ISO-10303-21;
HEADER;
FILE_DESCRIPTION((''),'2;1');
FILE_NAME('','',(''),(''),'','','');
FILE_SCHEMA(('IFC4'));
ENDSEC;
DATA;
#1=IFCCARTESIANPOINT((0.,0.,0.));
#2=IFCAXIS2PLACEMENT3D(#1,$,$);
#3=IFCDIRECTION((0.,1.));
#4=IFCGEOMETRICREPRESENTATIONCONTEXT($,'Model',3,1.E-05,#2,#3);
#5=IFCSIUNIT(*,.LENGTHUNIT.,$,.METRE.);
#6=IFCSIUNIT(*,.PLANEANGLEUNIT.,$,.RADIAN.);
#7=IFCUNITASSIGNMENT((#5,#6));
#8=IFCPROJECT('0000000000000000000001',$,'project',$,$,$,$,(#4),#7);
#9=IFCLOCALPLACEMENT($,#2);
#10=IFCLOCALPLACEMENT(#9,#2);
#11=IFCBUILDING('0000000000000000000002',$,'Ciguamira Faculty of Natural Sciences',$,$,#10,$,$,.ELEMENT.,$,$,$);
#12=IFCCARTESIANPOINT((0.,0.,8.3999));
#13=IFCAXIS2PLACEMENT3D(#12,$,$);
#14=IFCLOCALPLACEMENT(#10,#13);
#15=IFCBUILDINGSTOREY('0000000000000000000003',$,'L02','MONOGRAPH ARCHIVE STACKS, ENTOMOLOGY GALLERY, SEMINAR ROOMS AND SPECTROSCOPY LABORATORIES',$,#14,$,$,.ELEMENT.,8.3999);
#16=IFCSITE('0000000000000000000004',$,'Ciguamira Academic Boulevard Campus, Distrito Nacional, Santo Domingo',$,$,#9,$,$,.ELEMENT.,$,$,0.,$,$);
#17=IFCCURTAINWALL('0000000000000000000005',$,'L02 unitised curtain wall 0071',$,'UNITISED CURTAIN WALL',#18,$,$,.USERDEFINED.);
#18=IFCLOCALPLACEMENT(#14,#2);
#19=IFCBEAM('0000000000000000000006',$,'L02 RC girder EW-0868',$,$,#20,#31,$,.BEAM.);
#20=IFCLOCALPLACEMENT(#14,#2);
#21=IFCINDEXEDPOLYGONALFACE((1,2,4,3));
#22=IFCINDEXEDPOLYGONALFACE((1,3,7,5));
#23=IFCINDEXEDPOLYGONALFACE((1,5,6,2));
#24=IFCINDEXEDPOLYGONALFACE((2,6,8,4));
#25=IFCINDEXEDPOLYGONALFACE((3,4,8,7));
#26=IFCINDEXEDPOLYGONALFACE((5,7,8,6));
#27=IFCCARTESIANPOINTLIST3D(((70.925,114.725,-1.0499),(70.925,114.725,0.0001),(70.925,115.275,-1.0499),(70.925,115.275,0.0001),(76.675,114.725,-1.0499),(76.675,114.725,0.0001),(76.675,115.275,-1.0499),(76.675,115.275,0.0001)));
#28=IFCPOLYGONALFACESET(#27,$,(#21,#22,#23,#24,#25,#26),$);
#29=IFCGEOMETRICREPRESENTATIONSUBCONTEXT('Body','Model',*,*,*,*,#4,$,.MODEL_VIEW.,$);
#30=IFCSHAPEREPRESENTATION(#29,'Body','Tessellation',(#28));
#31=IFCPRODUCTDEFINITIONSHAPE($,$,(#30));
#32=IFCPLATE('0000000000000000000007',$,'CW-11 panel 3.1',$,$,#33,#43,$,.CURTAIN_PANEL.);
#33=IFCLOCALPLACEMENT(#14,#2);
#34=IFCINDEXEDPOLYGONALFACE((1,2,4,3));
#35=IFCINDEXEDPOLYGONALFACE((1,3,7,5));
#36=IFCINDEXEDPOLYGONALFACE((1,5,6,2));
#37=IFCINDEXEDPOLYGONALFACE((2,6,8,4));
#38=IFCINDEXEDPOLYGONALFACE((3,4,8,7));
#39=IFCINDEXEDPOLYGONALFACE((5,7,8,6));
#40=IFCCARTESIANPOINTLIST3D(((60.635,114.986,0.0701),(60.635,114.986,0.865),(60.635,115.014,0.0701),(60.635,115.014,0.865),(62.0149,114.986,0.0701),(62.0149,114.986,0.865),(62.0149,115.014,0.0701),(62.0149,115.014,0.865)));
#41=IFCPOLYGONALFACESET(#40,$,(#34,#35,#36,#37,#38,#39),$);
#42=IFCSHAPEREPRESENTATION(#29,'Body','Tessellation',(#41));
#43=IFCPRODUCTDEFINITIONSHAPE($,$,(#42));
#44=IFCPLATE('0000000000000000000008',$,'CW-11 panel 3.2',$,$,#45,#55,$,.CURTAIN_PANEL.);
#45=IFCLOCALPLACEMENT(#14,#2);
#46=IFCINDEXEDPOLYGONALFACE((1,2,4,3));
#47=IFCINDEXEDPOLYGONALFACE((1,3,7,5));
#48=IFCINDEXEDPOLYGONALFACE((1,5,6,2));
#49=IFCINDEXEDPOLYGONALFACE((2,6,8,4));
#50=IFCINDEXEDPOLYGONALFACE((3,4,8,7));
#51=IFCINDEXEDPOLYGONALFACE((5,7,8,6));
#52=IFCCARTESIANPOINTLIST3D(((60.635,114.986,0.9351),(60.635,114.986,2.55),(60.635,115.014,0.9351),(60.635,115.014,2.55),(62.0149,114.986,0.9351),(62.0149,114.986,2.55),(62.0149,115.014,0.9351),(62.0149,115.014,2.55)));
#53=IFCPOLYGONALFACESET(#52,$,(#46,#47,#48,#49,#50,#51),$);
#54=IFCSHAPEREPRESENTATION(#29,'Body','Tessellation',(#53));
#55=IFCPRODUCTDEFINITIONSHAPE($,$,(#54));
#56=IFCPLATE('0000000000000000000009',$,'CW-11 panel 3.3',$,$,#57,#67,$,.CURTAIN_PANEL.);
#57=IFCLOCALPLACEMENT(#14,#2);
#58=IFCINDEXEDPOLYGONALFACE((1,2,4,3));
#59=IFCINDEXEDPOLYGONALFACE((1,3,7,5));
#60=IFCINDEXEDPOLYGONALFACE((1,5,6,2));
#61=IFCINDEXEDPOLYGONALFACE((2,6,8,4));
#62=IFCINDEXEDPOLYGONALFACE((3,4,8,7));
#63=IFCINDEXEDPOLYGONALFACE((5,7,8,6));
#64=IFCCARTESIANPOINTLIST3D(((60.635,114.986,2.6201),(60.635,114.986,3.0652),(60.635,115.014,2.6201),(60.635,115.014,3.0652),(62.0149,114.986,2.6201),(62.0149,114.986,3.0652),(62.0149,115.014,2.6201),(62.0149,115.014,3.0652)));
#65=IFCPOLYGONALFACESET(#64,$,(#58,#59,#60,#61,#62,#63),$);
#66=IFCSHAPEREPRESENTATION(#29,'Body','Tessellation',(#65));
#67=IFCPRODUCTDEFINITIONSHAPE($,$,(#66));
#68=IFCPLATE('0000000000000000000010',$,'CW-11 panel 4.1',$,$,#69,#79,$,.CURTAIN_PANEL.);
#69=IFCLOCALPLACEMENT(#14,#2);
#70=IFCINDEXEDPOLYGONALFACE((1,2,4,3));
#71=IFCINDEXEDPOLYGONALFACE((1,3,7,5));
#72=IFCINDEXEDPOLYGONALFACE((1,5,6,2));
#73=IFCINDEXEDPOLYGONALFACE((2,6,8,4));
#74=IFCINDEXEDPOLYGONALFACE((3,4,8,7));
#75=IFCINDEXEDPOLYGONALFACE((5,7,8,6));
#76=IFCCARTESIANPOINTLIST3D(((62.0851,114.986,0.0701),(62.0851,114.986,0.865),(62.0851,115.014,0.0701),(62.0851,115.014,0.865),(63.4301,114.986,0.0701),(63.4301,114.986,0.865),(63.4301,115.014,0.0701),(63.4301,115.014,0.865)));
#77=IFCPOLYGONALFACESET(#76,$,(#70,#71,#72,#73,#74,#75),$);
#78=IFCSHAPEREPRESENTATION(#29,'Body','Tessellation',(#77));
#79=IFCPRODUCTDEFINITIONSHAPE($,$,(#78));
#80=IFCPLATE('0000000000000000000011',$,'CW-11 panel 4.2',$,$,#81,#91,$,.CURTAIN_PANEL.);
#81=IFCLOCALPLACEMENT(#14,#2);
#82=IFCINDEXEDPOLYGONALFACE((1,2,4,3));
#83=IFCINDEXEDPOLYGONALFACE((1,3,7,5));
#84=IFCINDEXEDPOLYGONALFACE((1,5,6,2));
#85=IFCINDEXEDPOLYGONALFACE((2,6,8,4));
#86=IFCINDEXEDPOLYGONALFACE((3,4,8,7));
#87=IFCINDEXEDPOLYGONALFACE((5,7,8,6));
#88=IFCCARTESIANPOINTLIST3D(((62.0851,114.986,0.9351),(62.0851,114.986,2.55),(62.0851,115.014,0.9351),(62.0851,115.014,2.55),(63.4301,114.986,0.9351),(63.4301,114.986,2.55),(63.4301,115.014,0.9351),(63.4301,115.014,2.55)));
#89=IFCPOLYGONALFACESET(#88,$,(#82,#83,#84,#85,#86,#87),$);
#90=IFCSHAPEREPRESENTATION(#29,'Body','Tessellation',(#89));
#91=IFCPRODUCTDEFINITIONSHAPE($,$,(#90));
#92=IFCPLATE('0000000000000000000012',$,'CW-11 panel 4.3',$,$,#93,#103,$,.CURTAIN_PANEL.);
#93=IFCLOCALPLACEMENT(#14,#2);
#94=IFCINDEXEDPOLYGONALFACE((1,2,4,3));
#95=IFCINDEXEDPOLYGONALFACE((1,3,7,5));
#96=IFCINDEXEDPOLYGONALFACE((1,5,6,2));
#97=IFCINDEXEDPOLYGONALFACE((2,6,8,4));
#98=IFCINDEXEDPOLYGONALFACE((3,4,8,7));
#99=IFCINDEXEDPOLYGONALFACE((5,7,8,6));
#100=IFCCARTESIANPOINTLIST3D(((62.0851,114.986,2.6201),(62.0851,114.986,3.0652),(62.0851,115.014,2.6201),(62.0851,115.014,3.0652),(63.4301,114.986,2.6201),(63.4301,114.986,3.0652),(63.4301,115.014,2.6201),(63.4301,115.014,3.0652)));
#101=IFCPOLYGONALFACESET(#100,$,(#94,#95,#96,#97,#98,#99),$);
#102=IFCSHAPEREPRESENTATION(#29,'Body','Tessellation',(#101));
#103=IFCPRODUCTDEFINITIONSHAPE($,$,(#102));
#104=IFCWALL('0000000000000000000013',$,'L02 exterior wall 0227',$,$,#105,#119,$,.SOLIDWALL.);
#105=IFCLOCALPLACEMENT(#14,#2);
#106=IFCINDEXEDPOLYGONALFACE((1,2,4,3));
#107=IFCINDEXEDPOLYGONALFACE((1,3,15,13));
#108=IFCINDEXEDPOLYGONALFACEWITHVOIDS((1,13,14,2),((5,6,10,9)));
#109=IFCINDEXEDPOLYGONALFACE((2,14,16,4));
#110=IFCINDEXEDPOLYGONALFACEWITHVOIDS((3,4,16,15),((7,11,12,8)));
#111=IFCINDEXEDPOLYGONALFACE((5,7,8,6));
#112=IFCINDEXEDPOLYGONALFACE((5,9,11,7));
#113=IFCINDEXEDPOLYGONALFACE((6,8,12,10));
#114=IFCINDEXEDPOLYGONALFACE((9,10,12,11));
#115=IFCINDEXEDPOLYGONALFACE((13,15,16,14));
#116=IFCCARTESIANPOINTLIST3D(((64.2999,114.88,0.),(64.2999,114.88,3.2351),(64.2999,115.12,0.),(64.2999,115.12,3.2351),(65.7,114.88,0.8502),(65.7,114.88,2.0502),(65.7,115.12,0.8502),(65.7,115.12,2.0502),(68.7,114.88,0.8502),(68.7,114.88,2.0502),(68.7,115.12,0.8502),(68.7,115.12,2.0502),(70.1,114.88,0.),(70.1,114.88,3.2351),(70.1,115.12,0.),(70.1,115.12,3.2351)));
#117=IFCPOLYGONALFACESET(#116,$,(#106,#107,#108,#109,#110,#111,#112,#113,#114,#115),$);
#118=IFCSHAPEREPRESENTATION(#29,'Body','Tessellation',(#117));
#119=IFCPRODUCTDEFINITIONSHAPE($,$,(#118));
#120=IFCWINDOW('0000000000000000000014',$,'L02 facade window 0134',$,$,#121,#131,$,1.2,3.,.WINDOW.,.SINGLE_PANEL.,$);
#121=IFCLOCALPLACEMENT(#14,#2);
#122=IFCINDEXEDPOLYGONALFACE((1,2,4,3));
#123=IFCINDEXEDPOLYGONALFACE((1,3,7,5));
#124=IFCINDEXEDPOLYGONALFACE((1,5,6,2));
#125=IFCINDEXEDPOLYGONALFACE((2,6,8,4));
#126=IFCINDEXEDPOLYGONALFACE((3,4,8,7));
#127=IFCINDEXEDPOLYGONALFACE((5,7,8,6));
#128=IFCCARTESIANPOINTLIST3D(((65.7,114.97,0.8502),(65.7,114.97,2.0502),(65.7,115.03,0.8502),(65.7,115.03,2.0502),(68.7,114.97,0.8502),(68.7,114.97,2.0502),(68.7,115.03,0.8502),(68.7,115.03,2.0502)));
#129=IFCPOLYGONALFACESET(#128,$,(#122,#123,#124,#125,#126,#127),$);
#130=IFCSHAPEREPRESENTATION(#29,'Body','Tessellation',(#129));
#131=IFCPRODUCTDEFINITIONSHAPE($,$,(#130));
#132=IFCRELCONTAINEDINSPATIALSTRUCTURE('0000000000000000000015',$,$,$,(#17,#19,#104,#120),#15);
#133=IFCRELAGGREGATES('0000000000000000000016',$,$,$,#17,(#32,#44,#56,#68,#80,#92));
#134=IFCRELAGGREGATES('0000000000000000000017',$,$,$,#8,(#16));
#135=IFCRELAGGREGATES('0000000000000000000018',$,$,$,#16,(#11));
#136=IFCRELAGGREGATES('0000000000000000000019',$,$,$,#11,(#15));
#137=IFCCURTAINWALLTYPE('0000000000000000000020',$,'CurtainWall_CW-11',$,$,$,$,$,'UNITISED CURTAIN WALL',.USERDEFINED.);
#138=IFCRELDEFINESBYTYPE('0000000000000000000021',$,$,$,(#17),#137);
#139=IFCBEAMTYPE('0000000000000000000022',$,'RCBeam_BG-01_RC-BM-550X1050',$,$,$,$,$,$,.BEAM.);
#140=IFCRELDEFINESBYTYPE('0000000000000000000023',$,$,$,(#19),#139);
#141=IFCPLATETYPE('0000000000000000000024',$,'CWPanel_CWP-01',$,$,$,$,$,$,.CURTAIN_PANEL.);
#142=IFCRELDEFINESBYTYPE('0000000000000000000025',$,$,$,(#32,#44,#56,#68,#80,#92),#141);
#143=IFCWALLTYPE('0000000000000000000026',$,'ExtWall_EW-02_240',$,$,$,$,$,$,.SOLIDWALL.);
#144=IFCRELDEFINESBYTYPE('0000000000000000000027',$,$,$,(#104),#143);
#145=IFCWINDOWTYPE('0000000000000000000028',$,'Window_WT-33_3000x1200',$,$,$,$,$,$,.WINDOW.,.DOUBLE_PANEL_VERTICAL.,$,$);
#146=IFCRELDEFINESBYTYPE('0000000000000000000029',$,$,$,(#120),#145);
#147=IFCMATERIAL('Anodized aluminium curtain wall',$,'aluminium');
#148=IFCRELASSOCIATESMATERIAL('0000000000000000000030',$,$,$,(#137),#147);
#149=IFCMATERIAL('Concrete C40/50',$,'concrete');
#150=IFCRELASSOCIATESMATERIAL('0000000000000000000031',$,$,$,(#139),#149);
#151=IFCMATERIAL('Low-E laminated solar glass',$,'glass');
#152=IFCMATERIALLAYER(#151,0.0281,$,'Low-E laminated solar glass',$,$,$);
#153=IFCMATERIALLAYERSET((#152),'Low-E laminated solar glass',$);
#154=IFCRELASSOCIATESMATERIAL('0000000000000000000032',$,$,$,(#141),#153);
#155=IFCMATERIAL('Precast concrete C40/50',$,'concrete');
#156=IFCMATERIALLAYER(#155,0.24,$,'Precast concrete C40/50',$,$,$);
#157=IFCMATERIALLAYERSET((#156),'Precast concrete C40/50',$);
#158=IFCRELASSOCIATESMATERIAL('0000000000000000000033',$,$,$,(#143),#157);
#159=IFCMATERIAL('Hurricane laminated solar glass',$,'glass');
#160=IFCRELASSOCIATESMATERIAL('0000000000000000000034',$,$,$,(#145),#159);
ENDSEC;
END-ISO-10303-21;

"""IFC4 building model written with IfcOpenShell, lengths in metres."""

from ifc_helpers import new_model, si_unit, direction, frame, frame_2d, origin, origin_2d, place, context, subcontext, project, spatial, rectangle, extrude, material, layer, layer_set, material_profile, profile_set, type_object, element, fill, aggregate, save


model = new_model("IFC4")

# Units and contexts
model_context = context("Model", 3, precision=1e-05, world=origin(), true_north=direction((0.0, 1.0)))
body_context = subcontext(model_context, "Body", "Model", "MODEL_VIEW")
ifc_project = project(units=[si_unit("LENGTHUNIT", "METRE"), si_unit("PLANEANGLEUNIT", "RADIAN")], contexts=[model_context])

# Site, building, storey
site_placement = place(None, origin())
site = spatial("IfcSite", under=ifc_project, at=site_placement, Name="Ciguamira Academic Boulevard Campus, Distrito Nacional, Santo Domingo", CompositionType="ELEMENT", RefElevation=0.0)
building_placement = place(site_placement, origin())
building = spatial("IfcBuilding", under=site, at=building_placement, Name="Ciguamira Faculty of Natural Sciences", CompositionType="ELEMENT")
storey_placement = place(building_placement, frame((0.0, 0.0, 8.3999)))
storey = spatial("IfcBuildingStorey", under=building, at=storey_placement, Name="L02", Description="MONOGRAPH ARCHIVE STACKS, ENTOMOLOGY GALLERY, SEMINAR ROOMS AND SPECTROSCOPY LABORATORIES", CompositionType="ELEMENT", Elevation=8.3999)

# Curtain wall
ifc_material_1 = material(Name="Anodized aluminium curtain wall", Category="aluminium")
curtain_wall_type_1 = type_object("IfcCurtainWallType", Name="CurtainWall_CW-11", ElementType="UNITISED CURTAIN WALL", PredefinedType="USERDEFINED", material=ifc_material_1)
curtain_wall_1_placement = place(storey_placement, origin())
curtain_wall_1 = element("IfcCurtainWall", 1, at=curtain_wall_1_placement, inside=storey, type_object=curtain_wall_type_1, Name="L02 unitised curtain wall 0071", ObjectType="UNITISED CURTAIN WALL", PredefinedType="USERDEFINED")

# Beam
ifc_material_2 = material(Name="Concrete C40/50", Category="concrete")
ifc_material_profile_1 = material_profile(ifc_material_2, rectangle(XDim=0.55, YDim=1.05, at=origin_2d()), Name="RC-BM-550X1050")
ifc_profile_set_1 = profile_set([ifc_material_profile_1], Name="Concrete C40/50")
beam_type = type_object("IfcBeamType", Name="RCBeam_BG-01_RC-BM-550X1050", PredefinedType="BEAM", material=ifc_profile_set_1)
for number, where, z_axis, x_axis, name in (
    (2, (70.925, 115.0, -0.5249), (1.0, 0.0, 0.0), (0.0, 1.0, 0.0), "L02 RC girder EW-0868"),
):
    element("IfcBeam", number, at=place(storey_placement, frame(where, z_axis=z_axis, x_axis=x_axis)), inside=storey, type_object=beam_type, Name=name, PredefinedType="BEAM", context=body_context, shape_type="SweptSolid", body=[
        extrude(rectangle(XDim=0.55, YDim=1.05, at=origin_2d()), origin(), (0.0, 0.0, 1.0), 5.75),
    ])

# Plates
ifc_material_3 = material(Name="Low-E laminated solar glass", Category="glass")
ifc_layer_1 = layer(ifc_material_3, 0.0281, Name="Low-E laminated solar glass")
ifc_layer_set_1 = layer_set([ifc_layer_1], Name="Low-E laminated solar glass")
plate_type = type_object("IfcPlateType", Name="CWPanel_CWP-01", PredefinedType="CURTAIN_PANEL", material=ifc_layer_set_1)
plate_1_placement = place(storey_placement, frame((61.325, 115.0, 0.0701), z_axis=(0.0, 0.0, 1.0), x_axis=(1.0, 0.0, 0.0)))
plate_1 = element("IfcPlate", 3, at=plate_1_placement, type_object=plate_type, Name="CW-11 panel 3.1", PredefinedType="CURTAIN_PANEL", context=body_context, shape_type="SweptSolid", body=[
    extrude(rectangle(XDim=1.3799, YDim=0.0281, at=origin_2d()), origin(), (0.0, 0.0, 1.0), 0.7949),
])
plate_2_placement = place(storey_placement, frame((61.325, 115.0, 0.9351), z_axis=(0.0, 0.0, 1.0), x_axis=(1.0, 0.0, 0.0)))
plate_2 = element("IfcPlate", 4, at=plate_2_placement, type_object=plate_type, Name="CW-11 panel 3.2", PredefinedType="CURTAIN_PANEL", context=body_context, shape_type="SweptSolid", body=[
    extrude(rectangle(XDim=1.3799, YDim=0.0281, at=origin_2d()), origin(), (0.0, 0.0, 1.0), 1.615),
])
plate_3_placement = place(storey_placement, frame((61.325, 115.0, 2.6201), z_axis=(0.0, 0.0, 1.0), x_axis=(1.0, 0.0, 0.0)))
plate_3 = element("IfcPlate", 5, at=plate_3_placement, type_object=plate_type, Name="CW-11 panel 3.3", PredefinedType="CURTAIN_PANEL", context=body_context, shape_type="SweptSolid", body=[
    extrude(rectangle(XDim=1.3799, YDim=0.0281, at=origin_2d()), origin(), (0.0, 0.0, 1.0), 0.4451),
])
plate_4_placement = place(storey_placement, frame((62.7576, 115.0, 0.0701), z_axis=(0.0, 0.0, 1.0), x_axis=(1.0, 0.0, 0.0)))
plate_4 = element("IfcPlate", 6, at=plate_4_placement, type_object=plate_type, Name="CW-11 panel 4.1", PredefinedType="CURTAIN_PANEL", context=body_context, shape_type="SweptSolid", body=[
    extrude(rectangle(XDim=1.345, YDim=0.0281, at=origin_2d()), origin(), (0.0, 0.0, 1.0), 0.7949),
])
plate_5_placement = place(storey_placement, frame((62.7576, 115.0, 0.9351), z_axis=(0.0, 0.0, 1.0), x_axis=(1.0, 0.0, 0.0)))
plate_5 = element("IfcPlate", 7, at=plate_5_placement, type_object=plate_type, Name="CW-11 panel 4.2", PredefinedType="CURTAIN_PANEL", context=body_context, shape_type="SweptSolid", body=[
    extrude(rectangle(XDim=1.345, YDim=0.0281, at=origin_2d()), origin(), (0.0, 0.0, 1.0), 1.615),
])
plate_6_placement = place(storey_placement, frame((62.7576, 115.0, 2.6201), z_axis=(0.0, 0.0, 1.0), x_axis=(1.0, 0.0, 0.0)))
plate_6 = element("IfcPlate", 8, at=plate_6_placement, type_object=plate_type, Name="CW-11 panel 4.3", PredefinedType="CURTAIN_PANEL", context=body_context, shape_type="SweptSolid", body=[
    extrude(rectangle(XDim=1.345, YDim=0.0281, at=origin_2d()), origin(), (0.0, 0.0, 1.0), 0.4451),
])
aggregate(curtain_wall_1, [plate_1, plate_2, plate_3, plate_4, plate_5, plate_6])

# Wall, opening, window
ifc_material_4 = material(Name="Precast concrete C40/50", Category="concrete")
ifc_layer_2 = layer(ifc_material_4, 0.24, Name="Precast concrete C40/50")
ifc_layer_set_2 = layer_set([ifc_layer_2], Name="Precast concrete C40/50")
wall_type = type_object("IfcWallType", Name="ExtWall_EW-02_240", PredefinedType="SOLIDWALL", material=ifc_layer_set_2)
wall_placement = place(storey_placement, frame((64.3, 115.0, 0.0), z_axis=(0.0, 0.0, 1.0), x_axis=(1.0, 0.0, 0.0)))
wall = element("IfcWall", 9, at=wall_placement, inside=storey, type_object=wall_type, Name="L02 exterior wall 0227", PredefinedType="SOLIDWALL", context=body_context, shape_type="SweptSolid", body=[
    extrude(rectangle(XDim=5.8, YDim=0.24, at=frame_2d((2.8999, 0.0))), origin(), (0.0, 0.0, 1.0), 3.2351),
])
opening_placement = place(wall_placement, frame((1.3999, 0.0, 0.8501)))
opening = element("IfcOpeningElement", 10, at=opening_placement, cuts=wall, PredefinedType="OPENING", context=body_context, shape_type="SweptSolid", body=[
    extrude(rectangle(XDim=3.0, YDim=1.2, at=frame_2d((1.5, 0.6001))), frame((0.0, 0.1299, 0.0), z_axis=(0.0, -1.0, 0.0), x_axis=(1.0, 0.0, 0.0)), (0.0, 0.0, 1.0), 0.26),
])
ifc_material_5 = material(Name="Hurricane laminated solar glass", Category="glass")
window_type = type_object("IfcWindowType", Name="Window_WT-33_3000x1200", PartitioningType="DOUBLE_PANEL_VERTICAL", PredefinedType="WINDOW", material=ifc_material_5)
window_placement = place(opening_placement, origin())
window = element("IfcWindow", 11, at=window_placement, inside=storey, type_object=window_type, Name="L02 facade window 0134", OverallHeight=1.2, OverallWidth=3.0, PartitioningType="SINGLE_PANEL", PredefinedType="WINDOW", context=body_context, shape_type="SweptSolid", body=[
    extrude(rectangle(XDim=3.0, YDim=1.2, at=frame_2d((1.5, 0.6001))), frame((0.0, 0.03, 0.0), z_axis=(0.0, -1.0, 0.0), x_axis=(1.0, 0.0, 0.0)), (0.0, 0.0, 1.0), 0.0601),
])
fill(opening, window)

save(model, "model.ifc")
